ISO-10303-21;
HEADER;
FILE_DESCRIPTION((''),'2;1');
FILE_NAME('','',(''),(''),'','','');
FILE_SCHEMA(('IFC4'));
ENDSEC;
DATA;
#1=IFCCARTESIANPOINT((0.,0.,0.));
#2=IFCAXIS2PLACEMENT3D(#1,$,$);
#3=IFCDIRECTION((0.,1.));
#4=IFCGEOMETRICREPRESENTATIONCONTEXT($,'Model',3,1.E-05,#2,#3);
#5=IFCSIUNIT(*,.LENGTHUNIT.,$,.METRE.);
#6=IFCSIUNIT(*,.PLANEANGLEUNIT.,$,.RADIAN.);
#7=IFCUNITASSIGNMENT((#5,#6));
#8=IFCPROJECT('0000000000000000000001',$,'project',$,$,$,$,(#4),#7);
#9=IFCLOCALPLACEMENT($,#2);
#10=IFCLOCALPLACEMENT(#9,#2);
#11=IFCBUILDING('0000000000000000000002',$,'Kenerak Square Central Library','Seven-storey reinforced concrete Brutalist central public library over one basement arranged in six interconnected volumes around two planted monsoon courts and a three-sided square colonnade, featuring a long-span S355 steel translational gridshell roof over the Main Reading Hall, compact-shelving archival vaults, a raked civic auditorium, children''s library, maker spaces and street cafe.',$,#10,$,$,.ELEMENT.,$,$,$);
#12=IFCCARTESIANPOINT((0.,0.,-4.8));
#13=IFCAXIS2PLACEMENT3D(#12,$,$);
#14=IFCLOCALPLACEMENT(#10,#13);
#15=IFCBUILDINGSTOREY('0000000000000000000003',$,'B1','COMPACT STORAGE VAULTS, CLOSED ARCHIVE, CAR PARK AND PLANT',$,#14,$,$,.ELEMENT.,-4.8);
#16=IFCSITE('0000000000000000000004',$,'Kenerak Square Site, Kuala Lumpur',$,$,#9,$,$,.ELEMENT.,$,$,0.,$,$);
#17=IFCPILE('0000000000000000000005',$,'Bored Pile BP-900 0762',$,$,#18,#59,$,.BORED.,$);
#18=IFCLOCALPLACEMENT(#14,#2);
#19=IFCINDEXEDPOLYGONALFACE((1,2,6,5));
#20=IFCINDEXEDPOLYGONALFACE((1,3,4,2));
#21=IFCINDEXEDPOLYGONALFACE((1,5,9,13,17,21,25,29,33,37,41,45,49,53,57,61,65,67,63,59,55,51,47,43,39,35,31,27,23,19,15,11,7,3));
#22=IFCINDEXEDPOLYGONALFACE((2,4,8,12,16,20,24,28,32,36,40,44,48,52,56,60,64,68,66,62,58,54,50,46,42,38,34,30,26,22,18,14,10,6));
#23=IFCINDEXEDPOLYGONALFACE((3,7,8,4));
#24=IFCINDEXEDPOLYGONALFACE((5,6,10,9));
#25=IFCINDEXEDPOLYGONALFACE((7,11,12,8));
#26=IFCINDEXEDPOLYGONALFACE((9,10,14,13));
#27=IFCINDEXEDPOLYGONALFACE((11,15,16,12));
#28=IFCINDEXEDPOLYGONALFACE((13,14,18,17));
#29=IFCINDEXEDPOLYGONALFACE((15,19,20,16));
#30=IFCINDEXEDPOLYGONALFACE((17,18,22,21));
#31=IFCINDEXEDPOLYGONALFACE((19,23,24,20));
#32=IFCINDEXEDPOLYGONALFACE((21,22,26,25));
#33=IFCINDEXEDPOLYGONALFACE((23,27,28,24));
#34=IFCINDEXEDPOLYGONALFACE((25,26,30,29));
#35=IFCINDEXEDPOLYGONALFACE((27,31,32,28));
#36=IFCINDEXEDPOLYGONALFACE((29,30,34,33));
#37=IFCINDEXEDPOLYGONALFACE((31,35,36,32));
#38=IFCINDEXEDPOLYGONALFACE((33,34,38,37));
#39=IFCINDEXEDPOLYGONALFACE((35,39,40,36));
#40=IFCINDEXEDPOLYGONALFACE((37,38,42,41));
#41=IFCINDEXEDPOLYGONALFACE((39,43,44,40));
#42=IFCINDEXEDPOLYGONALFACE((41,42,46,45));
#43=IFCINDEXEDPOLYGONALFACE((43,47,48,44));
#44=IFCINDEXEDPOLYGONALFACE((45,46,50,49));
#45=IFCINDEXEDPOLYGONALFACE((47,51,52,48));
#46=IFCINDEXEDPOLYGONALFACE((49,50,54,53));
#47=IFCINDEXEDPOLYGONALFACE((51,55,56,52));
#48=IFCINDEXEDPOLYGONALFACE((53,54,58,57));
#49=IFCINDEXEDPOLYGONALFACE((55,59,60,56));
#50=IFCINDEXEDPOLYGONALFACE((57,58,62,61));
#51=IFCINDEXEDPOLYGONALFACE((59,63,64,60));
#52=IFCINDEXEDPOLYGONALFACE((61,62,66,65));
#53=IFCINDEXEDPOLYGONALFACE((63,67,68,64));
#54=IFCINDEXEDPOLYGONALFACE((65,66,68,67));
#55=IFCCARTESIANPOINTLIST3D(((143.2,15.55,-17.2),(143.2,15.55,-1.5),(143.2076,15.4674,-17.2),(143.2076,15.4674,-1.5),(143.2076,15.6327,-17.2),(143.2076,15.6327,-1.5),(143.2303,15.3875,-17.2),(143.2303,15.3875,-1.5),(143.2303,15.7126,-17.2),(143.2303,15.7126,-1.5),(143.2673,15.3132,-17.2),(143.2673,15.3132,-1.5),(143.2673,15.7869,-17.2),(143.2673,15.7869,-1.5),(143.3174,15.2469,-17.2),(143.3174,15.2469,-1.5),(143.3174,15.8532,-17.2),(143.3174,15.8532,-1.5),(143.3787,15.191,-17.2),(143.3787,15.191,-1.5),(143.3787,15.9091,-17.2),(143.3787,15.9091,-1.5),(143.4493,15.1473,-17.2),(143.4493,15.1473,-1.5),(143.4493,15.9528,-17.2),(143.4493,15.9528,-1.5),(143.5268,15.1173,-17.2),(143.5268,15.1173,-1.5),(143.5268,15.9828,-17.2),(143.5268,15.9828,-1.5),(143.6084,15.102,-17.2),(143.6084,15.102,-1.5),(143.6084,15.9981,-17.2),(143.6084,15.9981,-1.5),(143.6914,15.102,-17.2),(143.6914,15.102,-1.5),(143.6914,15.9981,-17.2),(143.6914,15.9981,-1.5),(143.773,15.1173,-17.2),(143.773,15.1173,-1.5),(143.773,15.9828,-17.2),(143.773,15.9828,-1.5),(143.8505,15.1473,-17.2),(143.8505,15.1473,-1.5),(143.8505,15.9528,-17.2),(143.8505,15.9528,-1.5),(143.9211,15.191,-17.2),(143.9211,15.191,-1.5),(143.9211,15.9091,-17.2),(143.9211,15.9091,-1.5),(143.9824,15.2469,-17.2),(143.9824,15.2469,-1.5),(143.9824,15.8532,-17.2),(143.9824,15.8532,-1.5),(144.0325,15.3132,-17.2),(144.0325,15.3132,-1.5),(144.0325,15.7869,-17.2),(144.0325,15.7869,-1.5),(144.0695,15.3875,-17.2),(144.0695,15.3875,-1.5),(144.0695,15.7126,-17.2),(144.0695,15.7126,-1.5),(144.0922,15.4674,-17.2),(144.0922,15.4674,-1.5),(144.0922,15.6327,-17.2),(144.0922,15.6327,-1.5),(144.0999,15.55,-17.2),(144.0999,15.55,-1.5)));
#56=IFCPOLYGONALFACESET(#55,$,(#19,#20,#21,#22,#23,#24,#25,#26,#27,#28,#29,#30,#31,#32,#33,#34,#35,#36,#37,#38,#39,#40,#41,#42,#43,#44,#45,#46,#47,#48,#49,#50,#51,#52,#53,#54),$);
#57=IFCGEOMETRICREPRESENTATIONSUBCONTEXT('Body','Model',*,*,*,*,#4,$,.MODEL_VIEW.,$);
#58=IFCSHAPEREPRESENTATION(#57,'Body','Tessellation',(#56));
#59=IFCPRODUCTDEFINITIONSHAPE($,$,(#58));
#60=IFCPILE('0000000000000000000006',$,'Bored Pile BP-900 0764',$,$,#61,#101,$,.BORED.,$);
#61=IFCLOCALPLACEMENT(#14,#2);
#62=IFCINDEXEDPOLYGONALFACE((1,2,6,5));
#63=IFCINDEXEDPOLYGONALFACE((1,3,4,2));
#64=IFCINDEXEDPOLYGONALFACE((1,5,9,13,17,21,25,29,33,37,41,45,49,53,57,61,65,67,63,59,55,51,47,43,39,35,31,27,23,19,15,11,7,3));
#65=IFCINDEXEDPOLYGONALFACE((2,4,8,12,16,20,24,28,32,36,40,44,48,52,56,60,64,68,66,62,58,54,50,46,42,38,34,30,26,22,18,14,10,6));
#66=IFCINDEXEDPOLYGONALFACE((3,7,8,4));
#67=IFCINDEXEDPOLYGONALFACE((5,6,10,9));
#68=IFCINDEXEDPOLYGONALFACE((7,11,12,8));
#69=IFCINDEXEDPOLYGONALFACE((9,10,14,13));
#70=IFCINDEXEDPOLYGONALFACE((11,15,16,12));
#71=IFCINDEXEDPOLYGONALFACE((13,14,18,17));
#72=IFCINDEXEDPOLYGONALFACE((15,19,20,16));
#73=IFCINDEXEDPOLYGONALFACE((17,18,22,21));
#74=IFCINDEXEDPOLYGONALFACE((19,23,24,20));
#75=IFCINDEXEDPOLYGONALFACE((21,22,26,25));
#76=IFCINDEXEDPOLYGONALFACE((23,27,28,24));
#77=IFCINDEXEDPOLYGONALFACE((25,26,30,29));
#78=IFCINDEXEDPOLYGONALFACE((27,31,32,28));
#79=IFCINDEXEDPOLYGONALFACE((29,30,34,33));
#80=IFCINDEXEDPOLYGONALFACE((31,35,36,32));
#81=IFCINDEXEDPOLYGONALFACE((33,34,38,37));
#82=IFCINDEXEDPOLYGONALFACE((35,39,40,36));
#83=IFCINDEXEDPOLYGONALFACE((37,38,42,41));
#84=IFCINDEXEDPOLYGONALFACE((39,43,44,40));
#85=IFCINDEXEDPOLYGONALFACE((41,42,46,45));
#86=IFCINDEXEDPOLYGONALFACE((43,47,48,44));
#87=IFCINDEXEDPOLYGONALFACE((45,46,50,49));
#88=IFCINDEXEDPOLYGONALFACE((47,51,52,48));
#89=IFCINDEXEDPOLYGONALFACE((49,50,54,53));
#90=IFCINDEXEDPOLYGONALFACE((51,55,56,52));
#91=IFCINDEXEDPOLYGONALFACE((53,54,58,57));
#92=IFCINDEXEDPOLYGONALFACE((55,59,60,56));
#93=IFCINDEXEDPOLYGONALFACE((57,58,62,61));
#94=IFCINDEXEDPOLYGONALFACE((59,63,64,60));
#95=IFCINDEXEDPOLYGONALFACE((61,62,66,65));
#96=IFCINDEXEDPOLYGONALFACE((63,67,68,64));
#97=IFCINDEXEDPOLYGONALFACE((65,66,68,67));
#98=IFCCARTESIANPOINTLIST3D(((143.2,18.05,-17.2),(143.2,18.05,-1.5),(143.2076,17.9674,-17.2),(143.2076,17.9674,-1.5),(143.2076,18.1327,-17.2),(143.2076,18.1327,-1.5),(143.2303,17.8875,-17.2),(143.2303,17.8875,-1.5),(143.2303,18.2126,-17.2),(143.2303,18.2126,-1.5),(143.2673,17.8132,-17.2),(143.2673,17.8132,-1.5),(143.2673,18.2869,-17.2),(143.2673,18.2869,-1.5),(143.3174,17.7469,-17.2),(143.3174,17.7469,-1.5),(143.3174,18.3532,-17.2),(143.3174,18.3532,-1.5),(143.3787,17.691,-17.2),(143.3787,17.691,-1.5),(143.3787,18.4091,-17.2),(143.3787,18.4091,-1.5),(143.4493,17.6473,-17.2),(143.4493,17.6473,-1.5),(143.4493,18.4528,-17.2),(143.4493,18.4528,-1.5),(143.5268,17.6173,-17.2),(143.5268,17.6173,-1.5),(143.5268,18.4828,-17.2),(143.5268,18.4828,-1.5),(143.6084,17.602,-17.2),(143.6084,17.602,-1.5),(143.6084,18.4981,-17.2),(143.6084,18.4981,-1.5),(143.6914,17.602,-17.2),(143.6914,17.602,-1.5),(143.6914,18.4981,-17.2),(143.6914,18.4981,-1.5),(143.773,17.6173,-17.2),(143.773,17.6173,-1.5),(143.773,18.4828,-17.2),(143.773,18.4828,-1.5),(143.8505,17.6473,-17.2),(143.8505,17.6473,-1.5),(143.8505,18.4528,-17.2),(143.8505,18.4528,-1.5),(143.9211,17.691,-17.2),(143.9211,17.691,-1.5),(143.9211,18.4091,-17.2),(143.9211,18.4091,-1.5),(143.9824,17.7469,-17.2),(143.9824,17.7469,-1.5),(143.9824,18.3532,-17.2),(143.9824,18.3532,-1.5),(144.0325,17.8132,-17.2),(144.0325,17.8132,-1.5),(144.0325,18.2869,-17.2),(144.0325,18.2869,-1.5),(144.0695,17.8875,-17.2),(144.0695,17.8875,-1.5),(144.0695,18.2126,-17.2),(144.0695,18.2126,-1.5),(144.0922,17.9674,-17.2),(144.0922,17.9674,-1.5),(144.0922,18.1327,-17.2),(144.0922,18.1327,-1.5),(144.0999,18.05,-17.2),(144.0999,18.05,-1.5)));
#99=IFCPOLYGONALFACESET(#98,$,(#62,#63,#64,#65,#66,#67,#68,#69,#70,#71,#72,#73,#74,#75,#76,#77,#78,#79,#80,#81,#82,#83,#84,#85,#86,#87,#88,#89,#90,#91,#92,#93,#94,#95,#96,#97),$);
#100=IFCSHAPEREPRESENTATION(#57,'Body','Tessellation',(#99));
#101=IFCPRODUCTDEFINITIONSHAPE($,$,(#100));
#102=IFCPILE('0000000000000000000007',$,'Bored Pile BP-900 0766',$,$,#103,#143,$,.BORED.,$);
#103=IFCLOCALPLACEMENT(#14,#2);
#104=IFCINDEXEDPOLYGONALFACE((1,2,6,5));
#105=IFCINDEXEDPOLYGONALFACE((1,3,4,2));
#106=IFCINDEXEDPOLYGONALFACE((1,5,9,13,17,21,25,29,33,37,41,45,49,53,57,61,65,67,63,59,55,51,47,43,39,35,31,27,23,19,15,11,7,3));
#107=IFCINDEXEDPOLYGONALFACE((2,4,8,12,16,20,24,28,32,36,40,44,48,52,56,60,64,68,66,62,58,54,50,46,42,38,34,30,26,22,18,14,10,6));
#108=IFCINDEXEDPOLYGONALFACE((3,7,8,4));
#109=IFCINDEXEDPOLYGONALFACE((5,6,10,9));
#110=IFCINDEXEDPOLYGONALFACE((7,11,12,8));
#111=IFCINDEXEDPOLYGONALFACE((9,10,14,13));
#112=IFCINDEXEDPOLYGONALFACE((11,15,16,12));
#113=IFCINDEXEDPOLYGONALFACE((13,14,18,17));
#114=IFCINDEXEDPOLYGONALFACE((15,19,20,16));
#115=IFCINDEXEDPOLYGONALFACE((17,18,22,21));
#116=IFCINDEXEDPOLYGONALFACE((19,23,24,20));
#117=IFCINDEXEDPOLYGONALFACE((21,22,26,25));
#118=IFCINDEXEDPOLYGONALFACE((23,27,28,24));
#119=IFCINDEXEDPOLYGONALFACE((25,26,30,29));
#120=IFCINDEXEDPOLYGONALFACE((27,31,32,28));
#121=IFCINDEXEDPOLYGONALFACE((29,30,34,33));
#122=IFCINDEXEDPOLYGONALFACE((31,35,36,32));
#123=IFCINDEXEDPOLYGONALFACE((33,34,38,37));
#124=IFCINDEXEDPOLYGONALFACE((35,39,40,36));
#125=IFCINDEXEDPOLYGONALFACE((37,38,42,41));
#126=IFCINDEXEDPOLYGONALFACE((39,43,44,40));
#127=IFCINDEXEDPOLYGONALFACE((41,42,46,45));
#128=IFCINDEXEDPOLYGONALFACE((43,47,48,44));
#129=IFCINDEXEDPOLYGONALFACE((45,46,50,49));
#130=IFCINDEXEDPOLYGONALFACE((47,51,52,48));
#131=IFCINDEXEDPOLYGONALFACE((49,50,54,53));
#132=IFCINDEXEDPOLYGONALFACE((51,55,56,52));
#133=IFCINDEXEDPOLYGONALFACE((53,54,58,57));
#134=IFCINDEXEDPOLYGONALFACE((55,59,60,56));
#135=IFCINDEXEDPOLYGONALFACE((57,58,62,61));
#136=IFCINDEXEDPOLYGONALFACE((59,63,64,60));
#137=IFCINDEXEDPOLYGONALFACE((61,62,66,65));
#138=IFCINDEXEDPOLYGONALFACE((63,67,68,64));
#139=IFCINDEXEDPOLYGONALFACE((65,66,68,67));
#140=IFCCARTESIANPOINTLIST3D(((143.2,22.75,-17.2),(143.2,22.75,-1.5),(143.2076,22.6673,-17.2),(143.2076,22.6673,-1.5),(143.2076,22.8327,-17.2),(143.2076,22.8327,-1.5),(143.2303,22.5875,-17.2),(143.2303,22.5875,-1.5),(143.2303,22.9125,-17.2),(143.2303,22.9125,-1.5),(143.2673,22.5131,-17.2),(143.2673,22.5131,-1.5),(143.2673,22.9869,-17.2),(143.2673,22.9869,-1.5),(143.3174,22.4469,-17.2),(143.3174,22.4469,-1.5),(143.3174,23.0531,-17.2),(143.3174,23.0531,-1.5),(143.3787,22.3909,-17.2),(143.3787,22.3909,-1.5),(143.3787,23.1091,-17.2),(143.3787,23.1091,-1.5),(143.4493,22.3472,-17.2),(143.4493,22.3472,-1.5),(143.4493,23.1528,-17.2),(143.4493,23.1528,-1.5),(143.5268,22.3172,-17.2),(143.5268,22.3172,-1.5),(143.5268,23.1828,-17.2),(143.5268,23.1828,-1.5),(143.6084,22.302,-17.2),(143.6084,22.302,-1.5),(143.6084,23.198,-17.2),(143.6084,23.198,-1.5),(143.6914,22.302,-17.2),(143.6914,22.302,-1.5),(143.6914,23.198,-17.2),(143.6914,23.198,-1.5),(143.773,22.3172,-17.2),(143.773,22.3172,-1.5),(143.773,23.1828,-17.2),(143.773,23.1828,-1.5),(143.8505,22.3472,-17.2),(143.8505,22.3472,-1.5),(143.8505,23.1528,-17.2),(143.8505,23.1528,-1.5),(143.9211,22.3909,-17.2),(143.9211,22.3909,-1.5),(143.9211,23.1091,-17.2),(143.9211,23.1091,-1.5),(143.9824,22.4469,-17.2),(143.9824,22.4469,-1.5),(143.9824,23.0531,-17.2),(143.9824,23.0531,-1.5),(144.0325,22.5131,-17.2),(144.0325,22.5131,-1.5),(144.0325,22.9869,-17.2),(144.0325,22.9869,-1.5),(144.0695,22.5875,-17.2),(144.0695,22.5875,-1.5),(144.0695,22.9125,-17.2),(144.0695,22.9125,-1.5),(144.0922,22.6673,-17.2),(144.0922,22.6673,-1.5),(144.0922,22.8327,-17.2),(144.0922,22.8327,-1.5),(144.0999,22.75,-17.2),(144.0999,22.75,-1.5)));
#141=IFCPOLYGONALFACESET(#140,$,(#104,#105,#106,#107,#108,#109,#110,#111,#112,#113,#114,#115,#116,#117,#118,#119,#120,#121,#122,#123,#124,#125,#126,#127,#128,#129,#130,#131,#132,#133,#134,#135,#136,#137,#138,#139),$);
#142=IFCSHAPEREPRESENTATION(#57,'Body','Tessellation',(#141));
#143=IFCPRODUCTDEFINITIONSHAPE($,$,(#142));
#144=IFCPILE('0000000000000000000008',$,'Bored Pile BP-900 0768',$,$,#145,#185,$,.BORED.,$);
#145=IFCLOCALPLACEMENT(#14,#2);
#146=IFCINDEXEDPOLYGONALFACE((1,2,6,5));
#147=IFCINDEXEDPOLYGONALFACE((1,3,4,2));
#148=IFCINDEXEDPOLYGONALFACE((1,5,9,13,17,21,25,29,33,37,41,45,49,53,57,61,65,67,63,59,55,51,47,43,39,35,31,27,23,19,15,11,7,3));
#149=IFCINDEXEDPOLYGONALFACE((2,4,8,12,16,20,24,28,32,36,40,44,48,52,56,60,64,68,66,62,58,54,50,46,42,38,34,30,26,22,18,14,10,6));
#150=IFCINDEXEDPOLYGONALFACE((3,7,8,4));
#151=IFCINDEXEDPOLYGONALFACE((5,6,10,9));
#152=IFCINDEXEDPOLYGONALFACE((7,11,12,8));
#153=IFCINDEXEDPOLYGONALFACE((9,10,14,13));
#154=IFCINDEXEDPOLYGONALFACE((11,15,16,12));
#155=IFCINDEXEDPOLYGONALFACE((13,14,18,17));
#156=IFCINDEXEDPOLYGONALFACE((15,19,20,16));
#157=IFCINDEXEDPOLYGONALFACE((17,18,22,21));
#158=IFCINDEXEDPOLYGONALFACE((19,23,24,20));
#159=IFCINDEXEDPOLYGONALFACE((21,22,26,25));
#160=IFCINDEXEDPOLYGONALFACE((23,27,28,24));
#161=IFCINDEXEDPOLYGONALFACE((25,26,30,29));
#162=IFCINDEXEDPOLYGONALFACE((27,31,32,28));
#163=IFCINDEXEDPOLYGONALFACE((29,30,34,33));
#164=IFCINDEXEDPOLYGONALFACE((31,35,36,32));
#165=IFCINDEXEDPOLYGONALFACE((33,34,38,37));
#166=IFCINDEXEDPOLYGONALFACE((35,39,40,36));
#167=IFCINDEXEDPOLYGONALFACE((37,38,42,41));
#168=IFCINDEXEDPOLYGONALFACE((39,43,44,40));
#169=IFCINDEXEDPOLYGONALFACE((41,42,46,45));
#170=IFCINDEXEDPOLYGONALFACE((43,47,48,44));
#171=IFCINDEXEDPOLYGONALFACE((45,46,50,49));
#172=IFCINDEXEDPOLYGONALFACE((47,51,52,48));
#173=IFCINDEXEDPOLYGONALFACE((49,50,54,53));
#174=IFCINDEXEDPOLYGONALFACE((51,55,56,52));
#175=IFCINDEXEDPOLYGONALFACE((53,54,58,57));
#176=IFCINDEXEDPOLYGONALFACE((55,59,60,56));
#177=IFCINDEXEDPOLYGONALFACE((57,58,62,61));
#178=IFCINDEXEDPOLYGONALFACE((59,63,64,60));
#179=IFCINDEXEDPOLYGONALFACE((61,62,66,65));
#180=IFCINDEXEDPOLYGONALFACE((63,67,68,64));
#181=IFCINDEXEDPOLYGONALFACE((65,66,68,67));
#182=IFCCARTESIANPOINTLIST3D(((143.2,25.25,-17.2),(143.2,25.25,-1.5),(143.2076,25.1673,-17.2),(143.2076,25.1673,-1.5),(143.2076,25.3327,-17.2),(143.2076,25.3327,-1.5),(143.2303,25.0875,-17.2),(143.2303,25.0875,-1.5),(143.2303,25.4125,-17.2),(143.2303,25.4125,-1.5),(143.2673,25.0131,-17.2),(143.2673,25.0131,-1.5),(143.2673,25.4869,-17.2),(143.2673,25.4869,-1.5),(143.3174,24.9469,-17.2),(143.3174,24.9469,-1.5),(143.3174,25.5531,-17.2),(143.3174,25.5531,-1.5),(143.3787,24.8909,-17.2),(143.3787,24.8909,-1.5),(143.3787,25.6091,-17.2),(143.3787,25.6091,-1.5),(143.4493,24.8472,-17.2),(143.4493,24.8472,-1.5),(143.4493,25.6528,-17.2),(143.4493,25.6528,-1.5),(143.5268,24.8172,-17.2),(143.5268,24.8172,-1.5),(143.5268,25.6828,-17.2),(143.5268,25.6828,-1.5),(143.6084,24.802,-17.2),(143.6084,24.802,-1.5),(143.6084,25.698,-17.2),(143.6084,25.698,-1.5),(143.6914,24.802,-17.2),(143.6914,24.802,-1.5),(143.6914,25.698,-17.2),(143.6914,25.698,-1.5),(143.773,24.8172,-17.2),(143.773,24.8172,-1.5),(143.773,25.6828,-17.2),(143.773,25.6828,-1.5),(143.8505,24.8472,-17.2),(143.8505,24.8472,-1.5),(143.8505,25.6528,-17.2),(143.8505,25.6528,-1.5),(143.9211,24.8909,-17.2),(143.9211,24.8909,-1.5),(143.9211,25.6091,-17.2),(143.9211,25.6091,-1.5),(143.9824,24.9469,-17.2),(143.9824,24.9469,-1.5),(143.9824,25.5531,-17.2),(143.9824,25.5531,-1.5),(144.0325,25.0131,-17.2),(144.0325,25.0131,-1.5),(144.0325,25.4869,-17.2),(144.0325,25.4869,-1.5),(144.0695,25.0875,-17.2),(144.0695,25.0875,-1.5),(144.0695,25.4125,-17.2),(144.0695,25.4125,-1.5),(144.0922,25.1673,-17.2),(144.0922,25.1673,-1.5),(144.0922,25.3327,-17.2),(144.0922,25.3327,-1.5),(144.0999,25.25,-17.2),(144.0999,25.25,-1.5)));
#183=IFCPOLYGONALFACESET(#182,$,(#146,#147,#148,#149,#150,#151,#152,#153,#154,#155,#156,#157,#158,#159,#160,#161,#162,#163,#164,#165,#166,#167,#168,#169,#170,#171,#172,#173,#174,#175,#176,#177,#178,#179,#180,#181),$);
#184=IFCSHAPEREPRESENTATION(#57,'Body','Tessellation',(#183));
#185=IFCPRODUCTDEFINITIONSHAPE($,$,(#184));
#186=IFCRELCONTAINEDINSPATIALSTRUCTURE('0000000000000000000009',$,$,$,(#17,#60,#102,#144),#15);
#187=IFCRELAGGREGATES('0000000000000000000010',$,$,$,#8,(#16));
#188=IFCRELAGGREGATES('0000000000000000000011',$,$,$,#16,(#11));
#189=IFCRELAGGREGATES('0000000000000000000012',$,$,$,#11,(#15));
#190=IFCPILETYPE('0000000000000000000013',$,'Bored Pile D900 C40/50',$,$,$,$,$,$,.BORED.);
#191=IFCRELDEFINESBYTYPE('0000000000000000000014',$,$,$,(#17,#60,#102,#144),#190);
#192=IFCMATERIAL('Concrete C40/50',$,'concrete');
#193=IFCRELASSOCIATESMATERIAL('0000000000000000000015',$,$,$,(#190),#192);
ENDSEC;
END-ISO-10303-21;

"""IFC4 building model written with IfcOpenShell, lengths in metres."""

from ifc_helpers import new_model, si_unit, direction, frame, origin, origin_2d, place, context, subcontext, project, spatial, circle, extrude, material, material_profile, profile_set, type_object, element, save


model = new_model("IFC4")

# Units and contexts
model_context = context("Model", 3, precision=1e-05, world=origin(), true_north=direction((0.0, 1.0)))
body_context = subcontext(model_context, "Body", "Model", "MODEL_VIEW")
ifc_project = project(units=[si_unit("LENGTHUNIT", "METRE"), si_unit("PLANEANGLEUNIT", "RADIAN")], contexts=[model_context])

# Site, building, storey
site_placement = place(None, origin())
site = spatial("IfcSite", under=ifc_project, at=site_placement, Name="Kenerak Square Site, Kuala Lumpur", CompositionType="ELEMENT", RefElevation=0.0)
building_placement = place(site_placement, origin())
building = spatial("IfcBuilding", under=site, at=building_placement, Name="Kenerak Square Central Library", Description="Seven-storey reinforced concrete Brutalist central public library over one basement arranged in six interconnected volumes around two planted monsoon courts and a three-sided square colonnade, featuring a long-span S355 steel translational gridshell roof over the Main Reading Hall, compact-shelving archival vaults, a raked civic auditorium, children's library, maker spaces and street cafe.", CompositionType="ELEMENT")
storey_placement = place(building_placement, frame((0.0, 0.0, -4.8)))
storey = spatial("IfcBuildingStorey", under=building, at=storey_placement, Name="B1", Description="COMPACT STORAGE VAULTS, CLOSED ARCHIVE, CAR PARK AND PLANT", CompositionType="ELEMENT", Elevation=-4.8)

# Piles
ifc_material_1 = material(Name="Concrete C40/50", Category="concrete")
ifc_material_profile_1 = material_profile(ifc_material_1, circle(Radius=0.45, at=origin_2d()), Name="BP D900")
ifc_profile_set_1 = profile_set([ifc_material_profile_1], Name="Concrete C40/50")
pile_type = type_object("IfcPileType", Name="Bored Pile D900 C40/50", PredefinedType="BORED", material=ifc_profile_set_1)
for number, where, z_axis, x_axis, name in (
    (1, (143.6499, 15.55, -1.5), (0.0, 0.0, -1.0), (1.0, 0.0, 0.0), "Bored Pile BP-900 0762"),
    (2, (143.6499, 18.05, -1.5), (0.0, 0.0, -1.0), (1.0, 0.0, 0.0), "Bored Pile BP-900 0764"),
    (3, (143.6499, 22.75, -1.5), (0.0, 0.0, -1.0), (1.0, 0.0, 0.0), "Bored Pile BP-900 0766"),
    (4, (143.6499, 25.25, -1.5), (0.0, 0.0, -1.0), (1.0, 0.0, 0.0), "Bored Pile BP-900 0768"),
):
    element("IfcPile", number, at=place(storey_placement, frame(where, z_axis=z_axis, x_axis=x_axis)), inside=storey, type_object=pile_type, Name=name, PredefinedType="BORED", context=body_context, shape_type="SweptSolid", body=[
        extrude(circle(Radius=0.45, at=origin_2d()), origin(), (0.0, 0.0, 1.0), 15.7),
    ])

save(model, "model.ifc")
